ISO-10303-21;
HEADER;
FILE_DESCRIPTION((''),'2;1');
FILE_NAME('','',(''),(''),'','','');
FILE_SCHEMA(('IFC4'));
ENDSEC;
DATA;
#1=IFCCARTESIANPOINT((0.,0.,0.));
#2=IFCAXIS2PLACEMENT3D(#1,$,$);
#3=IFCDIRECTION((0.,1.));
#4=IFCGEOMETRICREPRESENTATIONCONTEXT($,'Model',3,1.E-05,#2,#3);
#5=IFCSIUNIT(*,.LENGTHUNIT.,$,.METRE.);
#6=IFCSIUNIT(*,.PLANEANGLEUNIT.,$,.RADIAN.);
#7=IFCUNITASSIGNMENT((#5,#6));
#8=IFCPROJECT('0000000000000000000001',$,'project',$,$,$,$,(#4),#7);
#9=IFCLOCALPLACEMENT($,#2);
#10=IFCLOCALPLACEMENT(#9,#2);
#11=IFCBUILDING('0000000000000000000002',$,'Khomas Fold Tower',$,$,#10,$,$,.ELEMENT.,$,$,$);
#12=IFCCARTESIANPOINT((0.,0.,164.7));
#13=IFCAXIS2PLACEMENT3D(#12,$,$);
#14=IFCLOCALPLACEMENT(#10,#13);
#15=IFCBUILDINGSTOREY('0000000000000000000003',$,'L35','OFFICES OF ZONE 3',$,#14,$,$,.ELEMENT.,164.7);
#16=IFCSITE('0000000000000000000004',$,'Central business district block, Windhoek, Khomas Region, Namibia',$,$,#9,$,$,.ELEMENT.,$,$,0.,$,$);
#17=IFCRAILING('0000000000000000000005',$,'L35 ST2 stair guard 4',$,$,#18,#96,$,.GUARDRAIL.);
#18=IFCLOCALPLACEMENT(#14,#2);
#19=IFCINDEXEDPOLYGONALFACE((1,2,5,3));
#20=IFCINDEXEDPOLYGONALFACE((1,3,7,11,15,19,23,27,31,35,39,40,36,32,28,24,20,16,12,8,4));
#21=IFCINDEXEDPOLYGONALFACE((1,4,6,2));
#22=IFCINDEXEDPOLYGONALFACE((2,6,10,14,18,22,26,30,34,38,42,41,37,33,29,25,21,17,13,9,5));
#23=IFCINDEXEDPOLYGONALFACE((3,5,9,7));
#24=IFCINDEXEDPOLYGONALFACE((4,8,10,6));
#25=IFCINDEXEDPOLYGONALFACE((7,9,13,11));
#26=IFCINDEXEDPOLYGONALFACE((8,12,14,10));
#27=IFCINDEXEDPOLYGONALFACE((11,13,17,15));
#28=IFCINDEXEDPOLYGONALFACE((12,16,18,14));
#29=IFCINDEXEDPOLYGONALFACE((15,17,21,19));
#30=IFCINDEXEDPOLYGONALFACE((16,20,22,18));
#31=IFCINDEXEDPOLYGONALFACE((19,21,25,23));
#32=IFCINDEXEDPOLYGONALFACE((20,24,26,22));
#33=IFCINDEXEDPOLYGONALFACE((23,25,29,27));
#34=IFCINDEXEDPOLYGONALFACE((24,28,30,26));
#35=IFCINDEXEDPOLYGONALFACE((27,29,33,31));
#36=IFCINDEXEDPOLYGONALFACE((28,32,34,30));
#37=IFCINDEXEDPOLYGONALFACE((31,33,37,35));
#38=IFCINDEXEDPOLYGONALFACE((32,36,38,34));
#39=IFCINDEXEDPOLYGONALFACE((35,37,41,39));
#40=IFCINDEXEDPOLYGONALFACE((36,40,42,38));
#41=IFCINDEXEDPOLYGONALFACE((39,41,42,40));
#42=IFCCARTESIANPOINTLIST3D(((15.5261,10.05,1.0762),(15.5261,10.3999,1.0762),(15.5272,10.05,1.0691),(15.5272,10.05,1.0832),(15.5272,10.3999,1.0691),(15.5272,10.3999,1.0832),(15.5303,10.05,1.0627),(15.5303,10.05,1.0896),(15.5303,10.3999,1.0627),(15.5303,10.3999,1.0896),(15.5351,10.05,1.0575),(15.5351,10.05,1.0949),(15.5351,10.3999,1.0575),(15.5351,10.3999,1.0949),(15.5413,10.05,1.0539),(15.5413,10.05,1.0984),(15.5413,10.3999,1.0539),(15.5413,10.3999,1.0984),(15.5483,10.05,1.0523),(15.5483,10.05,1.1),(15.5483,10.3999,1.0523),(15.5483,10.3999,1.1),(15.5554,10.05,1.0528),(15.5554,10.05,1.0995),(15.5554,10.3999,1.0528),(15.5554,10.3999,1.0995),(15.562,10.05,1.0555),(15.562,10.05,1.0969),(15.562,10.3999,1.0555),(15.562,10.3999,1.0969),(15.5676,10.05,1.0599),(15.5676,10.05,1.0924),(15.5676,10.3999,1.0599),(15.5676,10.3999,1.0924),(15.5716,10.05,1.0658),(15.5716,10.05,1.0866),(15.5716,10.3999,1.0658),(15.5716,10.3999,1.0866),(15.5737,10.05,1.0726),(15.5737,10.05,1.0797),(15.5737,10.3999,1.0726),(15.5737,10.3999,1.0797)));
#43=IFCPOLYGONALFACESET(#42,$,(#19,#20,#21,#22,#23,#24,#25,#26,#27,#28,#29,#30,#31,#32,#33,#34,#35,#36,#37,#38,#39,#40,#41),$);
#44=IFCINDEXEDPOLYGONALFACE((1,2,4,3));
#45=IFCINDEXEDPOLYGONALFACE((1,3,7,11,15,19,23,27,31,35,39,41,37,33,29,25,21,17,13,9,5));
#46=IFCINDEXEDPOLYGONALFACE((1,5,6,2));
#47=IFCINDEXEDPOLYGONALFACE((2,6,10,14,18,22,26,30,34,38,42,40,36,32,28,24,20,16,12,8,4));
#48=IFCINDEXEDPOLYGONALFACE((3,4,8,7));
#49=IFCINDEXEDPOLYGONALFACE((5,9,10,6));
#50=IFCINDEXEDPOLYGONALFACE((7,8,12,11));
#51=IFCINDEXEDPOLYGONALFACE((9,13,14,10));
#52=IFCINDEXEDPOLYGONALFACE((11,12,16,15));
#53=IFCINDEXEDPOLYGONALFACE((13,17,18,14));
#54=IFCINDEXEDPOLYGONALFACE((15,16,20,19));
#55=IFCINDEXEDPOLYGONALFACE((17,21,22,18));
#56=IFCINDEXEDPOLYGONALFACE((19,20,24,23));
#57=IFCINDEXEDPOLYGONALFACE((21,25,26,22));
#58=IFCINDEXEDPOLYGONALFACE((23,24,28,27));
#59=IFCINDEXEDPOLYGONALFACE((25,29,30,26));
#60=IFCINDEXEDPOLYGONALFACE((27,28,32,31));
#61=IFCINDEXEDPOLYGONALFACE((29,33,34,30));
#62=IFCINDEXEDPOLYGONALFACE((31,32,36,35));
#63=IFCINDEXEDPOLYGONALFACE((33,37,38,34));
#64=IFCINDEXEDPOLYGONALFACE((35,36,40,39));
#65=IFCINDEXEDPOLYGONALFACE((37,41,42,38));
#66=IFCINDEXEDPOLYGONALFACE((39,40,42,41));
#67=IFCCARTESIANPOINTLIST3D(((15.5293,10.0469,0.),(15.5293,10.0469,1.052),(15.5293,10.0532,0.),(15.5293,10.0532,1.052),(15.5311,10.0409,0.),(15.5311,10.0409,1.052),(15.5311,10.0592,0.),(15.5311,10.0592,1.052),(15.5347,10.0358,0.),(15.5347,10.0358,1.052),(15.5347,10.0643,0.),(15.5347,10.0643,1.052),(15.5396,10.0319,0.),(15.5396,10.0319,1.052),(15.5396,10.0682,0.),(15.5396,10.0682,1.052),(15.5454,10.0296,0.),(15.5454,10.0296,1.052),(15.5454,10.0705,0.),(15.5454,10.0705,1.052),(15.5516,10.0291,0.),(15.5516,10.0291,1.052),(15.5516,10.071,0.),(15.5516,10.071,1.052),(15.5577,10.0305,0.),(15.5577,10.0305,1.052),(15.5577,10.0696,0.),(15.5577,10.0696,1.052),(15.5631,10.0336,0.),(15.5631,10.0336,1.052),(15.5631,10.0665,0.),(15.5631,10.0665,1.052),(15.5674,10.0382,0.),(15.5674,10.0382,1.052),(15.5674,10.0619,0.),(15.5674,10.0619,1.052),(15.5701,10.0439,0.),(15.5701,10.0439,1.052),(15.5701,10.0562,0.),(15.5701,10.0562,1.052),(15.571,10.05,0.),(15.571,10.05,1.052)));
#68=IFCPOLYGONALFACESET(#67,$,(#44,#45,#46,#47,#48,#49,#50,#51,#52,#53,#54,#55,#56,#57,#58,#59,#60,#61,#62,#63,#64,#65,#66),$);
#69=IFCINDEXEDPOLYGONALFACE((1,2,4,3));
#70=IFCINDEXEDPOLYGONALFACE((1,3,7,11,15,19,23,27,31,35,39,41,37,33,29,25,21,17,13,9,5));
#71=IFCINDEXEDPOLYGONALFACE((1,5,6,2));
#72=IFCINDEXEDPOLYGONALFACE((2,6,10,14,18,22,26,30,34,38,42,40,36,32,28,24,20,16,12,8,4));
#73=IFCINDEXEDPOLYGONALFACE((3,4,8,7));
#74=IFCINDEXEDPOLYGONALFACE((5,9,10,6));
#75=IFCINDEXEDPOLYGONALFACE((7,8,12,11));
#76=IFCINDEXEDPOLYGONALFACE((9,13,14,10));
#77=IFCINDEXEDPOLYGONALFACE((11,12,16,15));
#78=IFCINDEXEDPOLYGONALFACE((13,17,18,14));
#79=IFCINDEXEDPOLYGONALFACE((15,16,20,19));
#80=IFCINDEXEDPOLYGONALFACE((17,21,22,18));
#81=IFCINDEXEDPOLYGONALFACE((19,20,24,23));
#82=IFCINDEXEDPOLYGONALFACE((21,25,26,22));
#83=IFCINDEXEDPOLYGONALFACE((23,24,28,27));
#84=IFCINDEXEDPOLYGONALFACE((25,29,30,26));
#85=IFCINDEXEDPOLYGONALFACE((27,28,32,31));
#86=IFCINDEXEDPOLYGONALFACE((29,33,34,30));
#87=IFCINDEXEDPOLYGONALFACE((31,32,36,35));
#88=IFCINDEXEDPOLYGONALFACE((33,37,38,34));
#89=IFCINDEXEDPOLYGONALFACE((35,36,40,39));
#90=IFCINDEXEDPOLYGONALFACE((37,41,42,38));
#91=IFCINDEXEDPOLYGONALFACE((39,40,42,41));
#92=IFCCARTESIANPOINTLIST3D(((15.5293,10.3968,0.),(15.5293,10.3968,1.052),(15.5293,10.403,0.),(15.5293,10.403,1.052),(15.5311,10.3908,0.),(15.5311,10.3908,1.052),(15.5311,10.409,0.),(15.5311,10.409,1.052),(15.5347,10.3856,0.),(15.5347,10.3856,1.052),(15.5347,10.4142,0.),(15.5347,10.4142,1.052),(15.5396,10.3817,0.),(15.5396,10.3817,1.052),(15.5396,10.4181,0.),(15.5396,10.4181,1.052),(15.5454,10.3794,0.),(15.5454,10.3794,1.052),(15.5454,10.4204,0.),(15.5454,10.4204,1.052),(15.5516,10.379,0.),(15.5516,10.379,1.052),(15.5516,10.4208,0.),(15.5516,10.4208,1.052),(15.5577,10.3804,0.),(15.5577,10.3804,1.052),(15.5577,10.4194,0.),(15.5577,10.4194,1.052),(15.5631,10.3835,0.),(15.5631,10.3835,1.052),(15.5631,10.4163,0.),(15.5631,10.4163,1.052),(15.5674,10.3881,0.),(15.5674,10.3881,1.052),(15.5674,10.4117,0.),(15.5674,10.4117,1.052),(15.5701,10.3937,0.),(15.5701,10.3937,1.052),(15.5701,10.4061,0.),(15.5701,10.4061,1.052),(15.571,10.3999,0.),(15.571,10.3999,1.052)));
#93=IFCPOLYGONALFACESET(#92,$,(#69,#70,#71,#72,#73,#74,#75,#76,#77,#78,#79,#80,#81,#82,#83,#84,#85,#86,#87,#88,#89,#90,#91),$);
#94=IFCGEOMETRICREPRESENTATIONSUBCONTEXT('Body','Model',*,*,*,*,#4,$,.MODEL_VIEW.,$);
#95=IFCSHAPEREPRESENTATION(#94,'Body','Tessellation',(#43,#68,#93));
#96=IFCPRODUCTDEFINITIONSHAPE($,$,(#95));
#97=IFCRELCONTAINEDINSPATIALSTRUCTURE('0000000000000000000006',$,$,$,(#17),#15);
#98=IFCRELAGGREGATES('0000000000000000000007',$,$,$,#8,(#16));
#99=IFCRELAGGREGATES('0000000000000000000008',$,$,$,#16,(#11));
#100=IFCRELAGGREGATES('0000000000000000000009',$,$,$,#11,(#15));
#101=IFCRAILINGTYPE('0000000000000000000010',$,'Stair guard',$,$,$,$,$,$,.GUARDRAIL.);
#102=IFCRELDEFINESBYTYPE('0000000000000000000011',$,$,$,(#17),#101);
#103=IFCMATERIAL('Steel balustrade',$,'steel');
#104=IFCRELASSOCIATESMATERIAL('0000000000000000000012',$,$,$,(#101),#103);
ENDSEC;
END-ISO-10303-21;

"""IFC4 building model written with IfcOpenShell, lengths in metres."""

from ifc_helpers import new_model, si_unit, direction, frame, origin, origin_2d, place, context, subcontext, project, spatial, circle, extrude, source, transform, mapped, material, type_object, element, save


model = new_model("IFC4")

# Units and contexts
model_context = context("Model", 3, precision=1e-05, world=origin(), true_north=direction((0.0, 1.0)))
body_context = subcontext(model_context, "Body", "Model", "MODEL_VIEW")
ifc_project = project(units=[si_unit("LENGTHUNIT", "METRE"), si_unit("PLANEANGLEUNIT", "RADIAN")], contexts=[model_context])

# Site, building, storey
site_placement = place(None, origin())
site = spatial("IfcSite", under=ifc_project, at=site_placement, Name="Central business district block, Windhoek, Khomas Region, Namibia", CompositionType="ELEMENT", RefElevation=0.0)
building_placement = place(site_placement, origin())
building = spatial("IfcBuilding", under=site, at=building_placement, Name="Khomas Fold Tower", CompositionType="ELEMENT")
storey_placement = place(building_placement, frame((0.0, 0.0, 164.7)))
storey = spatial("IfcBuildingStorey", under=building, at=storey_placement, Name="L35", Description="OFFICES OF ZONE 3", CompositionType="ELEMENT", Elevation=164.7)

# Railing
ifc_material_1 = material(Name="Steel balustrade", Category="steel")
railing_type_1 = type_object("IfcRailingType", Name="Stair guard", PredefinedType="GUARDRAIL", material=ifc_material_1)
shared_shape_1 = source(origin(), body_context, "Body", "SweptSolid", [
    extrude(circle(Radius=0.0239, at=origin_2d()), frame((0.0, 0.0, 1.0762), z_axis=(0.0, 1.0, 0.0), x_axis=(-1.0, 0.0, 0.0)), (0.0, 0.0, 1.0), 0.3499),
    extrude(circle(Radius=0.021, at=origin_2d()), origin(), (0.0, 0.0, 1.0), 1.052),
    extrude(circle(Radius=0.021, at=origin_2d()), frame((0.0, 0.3499, 0.0)), (0.0, 0.0, 1.0), 1.052),
])
railing_1_placement = place(storey_placement, frame((15.55, 10.05, 0.0)))
element("IfcRailing", 1, at=railing_1_placement, inside=storey, type_object=railing_type_1, Name="L35 ST2 stair guard 4", PredefinedType="GUARDRAIL", context=body_context, shape_type="MappedRepresentation", body=[
    mapped(shared_shape_1, transform((0.0, 0.0, 0.0))),
])

save(model, "model.ifc")
